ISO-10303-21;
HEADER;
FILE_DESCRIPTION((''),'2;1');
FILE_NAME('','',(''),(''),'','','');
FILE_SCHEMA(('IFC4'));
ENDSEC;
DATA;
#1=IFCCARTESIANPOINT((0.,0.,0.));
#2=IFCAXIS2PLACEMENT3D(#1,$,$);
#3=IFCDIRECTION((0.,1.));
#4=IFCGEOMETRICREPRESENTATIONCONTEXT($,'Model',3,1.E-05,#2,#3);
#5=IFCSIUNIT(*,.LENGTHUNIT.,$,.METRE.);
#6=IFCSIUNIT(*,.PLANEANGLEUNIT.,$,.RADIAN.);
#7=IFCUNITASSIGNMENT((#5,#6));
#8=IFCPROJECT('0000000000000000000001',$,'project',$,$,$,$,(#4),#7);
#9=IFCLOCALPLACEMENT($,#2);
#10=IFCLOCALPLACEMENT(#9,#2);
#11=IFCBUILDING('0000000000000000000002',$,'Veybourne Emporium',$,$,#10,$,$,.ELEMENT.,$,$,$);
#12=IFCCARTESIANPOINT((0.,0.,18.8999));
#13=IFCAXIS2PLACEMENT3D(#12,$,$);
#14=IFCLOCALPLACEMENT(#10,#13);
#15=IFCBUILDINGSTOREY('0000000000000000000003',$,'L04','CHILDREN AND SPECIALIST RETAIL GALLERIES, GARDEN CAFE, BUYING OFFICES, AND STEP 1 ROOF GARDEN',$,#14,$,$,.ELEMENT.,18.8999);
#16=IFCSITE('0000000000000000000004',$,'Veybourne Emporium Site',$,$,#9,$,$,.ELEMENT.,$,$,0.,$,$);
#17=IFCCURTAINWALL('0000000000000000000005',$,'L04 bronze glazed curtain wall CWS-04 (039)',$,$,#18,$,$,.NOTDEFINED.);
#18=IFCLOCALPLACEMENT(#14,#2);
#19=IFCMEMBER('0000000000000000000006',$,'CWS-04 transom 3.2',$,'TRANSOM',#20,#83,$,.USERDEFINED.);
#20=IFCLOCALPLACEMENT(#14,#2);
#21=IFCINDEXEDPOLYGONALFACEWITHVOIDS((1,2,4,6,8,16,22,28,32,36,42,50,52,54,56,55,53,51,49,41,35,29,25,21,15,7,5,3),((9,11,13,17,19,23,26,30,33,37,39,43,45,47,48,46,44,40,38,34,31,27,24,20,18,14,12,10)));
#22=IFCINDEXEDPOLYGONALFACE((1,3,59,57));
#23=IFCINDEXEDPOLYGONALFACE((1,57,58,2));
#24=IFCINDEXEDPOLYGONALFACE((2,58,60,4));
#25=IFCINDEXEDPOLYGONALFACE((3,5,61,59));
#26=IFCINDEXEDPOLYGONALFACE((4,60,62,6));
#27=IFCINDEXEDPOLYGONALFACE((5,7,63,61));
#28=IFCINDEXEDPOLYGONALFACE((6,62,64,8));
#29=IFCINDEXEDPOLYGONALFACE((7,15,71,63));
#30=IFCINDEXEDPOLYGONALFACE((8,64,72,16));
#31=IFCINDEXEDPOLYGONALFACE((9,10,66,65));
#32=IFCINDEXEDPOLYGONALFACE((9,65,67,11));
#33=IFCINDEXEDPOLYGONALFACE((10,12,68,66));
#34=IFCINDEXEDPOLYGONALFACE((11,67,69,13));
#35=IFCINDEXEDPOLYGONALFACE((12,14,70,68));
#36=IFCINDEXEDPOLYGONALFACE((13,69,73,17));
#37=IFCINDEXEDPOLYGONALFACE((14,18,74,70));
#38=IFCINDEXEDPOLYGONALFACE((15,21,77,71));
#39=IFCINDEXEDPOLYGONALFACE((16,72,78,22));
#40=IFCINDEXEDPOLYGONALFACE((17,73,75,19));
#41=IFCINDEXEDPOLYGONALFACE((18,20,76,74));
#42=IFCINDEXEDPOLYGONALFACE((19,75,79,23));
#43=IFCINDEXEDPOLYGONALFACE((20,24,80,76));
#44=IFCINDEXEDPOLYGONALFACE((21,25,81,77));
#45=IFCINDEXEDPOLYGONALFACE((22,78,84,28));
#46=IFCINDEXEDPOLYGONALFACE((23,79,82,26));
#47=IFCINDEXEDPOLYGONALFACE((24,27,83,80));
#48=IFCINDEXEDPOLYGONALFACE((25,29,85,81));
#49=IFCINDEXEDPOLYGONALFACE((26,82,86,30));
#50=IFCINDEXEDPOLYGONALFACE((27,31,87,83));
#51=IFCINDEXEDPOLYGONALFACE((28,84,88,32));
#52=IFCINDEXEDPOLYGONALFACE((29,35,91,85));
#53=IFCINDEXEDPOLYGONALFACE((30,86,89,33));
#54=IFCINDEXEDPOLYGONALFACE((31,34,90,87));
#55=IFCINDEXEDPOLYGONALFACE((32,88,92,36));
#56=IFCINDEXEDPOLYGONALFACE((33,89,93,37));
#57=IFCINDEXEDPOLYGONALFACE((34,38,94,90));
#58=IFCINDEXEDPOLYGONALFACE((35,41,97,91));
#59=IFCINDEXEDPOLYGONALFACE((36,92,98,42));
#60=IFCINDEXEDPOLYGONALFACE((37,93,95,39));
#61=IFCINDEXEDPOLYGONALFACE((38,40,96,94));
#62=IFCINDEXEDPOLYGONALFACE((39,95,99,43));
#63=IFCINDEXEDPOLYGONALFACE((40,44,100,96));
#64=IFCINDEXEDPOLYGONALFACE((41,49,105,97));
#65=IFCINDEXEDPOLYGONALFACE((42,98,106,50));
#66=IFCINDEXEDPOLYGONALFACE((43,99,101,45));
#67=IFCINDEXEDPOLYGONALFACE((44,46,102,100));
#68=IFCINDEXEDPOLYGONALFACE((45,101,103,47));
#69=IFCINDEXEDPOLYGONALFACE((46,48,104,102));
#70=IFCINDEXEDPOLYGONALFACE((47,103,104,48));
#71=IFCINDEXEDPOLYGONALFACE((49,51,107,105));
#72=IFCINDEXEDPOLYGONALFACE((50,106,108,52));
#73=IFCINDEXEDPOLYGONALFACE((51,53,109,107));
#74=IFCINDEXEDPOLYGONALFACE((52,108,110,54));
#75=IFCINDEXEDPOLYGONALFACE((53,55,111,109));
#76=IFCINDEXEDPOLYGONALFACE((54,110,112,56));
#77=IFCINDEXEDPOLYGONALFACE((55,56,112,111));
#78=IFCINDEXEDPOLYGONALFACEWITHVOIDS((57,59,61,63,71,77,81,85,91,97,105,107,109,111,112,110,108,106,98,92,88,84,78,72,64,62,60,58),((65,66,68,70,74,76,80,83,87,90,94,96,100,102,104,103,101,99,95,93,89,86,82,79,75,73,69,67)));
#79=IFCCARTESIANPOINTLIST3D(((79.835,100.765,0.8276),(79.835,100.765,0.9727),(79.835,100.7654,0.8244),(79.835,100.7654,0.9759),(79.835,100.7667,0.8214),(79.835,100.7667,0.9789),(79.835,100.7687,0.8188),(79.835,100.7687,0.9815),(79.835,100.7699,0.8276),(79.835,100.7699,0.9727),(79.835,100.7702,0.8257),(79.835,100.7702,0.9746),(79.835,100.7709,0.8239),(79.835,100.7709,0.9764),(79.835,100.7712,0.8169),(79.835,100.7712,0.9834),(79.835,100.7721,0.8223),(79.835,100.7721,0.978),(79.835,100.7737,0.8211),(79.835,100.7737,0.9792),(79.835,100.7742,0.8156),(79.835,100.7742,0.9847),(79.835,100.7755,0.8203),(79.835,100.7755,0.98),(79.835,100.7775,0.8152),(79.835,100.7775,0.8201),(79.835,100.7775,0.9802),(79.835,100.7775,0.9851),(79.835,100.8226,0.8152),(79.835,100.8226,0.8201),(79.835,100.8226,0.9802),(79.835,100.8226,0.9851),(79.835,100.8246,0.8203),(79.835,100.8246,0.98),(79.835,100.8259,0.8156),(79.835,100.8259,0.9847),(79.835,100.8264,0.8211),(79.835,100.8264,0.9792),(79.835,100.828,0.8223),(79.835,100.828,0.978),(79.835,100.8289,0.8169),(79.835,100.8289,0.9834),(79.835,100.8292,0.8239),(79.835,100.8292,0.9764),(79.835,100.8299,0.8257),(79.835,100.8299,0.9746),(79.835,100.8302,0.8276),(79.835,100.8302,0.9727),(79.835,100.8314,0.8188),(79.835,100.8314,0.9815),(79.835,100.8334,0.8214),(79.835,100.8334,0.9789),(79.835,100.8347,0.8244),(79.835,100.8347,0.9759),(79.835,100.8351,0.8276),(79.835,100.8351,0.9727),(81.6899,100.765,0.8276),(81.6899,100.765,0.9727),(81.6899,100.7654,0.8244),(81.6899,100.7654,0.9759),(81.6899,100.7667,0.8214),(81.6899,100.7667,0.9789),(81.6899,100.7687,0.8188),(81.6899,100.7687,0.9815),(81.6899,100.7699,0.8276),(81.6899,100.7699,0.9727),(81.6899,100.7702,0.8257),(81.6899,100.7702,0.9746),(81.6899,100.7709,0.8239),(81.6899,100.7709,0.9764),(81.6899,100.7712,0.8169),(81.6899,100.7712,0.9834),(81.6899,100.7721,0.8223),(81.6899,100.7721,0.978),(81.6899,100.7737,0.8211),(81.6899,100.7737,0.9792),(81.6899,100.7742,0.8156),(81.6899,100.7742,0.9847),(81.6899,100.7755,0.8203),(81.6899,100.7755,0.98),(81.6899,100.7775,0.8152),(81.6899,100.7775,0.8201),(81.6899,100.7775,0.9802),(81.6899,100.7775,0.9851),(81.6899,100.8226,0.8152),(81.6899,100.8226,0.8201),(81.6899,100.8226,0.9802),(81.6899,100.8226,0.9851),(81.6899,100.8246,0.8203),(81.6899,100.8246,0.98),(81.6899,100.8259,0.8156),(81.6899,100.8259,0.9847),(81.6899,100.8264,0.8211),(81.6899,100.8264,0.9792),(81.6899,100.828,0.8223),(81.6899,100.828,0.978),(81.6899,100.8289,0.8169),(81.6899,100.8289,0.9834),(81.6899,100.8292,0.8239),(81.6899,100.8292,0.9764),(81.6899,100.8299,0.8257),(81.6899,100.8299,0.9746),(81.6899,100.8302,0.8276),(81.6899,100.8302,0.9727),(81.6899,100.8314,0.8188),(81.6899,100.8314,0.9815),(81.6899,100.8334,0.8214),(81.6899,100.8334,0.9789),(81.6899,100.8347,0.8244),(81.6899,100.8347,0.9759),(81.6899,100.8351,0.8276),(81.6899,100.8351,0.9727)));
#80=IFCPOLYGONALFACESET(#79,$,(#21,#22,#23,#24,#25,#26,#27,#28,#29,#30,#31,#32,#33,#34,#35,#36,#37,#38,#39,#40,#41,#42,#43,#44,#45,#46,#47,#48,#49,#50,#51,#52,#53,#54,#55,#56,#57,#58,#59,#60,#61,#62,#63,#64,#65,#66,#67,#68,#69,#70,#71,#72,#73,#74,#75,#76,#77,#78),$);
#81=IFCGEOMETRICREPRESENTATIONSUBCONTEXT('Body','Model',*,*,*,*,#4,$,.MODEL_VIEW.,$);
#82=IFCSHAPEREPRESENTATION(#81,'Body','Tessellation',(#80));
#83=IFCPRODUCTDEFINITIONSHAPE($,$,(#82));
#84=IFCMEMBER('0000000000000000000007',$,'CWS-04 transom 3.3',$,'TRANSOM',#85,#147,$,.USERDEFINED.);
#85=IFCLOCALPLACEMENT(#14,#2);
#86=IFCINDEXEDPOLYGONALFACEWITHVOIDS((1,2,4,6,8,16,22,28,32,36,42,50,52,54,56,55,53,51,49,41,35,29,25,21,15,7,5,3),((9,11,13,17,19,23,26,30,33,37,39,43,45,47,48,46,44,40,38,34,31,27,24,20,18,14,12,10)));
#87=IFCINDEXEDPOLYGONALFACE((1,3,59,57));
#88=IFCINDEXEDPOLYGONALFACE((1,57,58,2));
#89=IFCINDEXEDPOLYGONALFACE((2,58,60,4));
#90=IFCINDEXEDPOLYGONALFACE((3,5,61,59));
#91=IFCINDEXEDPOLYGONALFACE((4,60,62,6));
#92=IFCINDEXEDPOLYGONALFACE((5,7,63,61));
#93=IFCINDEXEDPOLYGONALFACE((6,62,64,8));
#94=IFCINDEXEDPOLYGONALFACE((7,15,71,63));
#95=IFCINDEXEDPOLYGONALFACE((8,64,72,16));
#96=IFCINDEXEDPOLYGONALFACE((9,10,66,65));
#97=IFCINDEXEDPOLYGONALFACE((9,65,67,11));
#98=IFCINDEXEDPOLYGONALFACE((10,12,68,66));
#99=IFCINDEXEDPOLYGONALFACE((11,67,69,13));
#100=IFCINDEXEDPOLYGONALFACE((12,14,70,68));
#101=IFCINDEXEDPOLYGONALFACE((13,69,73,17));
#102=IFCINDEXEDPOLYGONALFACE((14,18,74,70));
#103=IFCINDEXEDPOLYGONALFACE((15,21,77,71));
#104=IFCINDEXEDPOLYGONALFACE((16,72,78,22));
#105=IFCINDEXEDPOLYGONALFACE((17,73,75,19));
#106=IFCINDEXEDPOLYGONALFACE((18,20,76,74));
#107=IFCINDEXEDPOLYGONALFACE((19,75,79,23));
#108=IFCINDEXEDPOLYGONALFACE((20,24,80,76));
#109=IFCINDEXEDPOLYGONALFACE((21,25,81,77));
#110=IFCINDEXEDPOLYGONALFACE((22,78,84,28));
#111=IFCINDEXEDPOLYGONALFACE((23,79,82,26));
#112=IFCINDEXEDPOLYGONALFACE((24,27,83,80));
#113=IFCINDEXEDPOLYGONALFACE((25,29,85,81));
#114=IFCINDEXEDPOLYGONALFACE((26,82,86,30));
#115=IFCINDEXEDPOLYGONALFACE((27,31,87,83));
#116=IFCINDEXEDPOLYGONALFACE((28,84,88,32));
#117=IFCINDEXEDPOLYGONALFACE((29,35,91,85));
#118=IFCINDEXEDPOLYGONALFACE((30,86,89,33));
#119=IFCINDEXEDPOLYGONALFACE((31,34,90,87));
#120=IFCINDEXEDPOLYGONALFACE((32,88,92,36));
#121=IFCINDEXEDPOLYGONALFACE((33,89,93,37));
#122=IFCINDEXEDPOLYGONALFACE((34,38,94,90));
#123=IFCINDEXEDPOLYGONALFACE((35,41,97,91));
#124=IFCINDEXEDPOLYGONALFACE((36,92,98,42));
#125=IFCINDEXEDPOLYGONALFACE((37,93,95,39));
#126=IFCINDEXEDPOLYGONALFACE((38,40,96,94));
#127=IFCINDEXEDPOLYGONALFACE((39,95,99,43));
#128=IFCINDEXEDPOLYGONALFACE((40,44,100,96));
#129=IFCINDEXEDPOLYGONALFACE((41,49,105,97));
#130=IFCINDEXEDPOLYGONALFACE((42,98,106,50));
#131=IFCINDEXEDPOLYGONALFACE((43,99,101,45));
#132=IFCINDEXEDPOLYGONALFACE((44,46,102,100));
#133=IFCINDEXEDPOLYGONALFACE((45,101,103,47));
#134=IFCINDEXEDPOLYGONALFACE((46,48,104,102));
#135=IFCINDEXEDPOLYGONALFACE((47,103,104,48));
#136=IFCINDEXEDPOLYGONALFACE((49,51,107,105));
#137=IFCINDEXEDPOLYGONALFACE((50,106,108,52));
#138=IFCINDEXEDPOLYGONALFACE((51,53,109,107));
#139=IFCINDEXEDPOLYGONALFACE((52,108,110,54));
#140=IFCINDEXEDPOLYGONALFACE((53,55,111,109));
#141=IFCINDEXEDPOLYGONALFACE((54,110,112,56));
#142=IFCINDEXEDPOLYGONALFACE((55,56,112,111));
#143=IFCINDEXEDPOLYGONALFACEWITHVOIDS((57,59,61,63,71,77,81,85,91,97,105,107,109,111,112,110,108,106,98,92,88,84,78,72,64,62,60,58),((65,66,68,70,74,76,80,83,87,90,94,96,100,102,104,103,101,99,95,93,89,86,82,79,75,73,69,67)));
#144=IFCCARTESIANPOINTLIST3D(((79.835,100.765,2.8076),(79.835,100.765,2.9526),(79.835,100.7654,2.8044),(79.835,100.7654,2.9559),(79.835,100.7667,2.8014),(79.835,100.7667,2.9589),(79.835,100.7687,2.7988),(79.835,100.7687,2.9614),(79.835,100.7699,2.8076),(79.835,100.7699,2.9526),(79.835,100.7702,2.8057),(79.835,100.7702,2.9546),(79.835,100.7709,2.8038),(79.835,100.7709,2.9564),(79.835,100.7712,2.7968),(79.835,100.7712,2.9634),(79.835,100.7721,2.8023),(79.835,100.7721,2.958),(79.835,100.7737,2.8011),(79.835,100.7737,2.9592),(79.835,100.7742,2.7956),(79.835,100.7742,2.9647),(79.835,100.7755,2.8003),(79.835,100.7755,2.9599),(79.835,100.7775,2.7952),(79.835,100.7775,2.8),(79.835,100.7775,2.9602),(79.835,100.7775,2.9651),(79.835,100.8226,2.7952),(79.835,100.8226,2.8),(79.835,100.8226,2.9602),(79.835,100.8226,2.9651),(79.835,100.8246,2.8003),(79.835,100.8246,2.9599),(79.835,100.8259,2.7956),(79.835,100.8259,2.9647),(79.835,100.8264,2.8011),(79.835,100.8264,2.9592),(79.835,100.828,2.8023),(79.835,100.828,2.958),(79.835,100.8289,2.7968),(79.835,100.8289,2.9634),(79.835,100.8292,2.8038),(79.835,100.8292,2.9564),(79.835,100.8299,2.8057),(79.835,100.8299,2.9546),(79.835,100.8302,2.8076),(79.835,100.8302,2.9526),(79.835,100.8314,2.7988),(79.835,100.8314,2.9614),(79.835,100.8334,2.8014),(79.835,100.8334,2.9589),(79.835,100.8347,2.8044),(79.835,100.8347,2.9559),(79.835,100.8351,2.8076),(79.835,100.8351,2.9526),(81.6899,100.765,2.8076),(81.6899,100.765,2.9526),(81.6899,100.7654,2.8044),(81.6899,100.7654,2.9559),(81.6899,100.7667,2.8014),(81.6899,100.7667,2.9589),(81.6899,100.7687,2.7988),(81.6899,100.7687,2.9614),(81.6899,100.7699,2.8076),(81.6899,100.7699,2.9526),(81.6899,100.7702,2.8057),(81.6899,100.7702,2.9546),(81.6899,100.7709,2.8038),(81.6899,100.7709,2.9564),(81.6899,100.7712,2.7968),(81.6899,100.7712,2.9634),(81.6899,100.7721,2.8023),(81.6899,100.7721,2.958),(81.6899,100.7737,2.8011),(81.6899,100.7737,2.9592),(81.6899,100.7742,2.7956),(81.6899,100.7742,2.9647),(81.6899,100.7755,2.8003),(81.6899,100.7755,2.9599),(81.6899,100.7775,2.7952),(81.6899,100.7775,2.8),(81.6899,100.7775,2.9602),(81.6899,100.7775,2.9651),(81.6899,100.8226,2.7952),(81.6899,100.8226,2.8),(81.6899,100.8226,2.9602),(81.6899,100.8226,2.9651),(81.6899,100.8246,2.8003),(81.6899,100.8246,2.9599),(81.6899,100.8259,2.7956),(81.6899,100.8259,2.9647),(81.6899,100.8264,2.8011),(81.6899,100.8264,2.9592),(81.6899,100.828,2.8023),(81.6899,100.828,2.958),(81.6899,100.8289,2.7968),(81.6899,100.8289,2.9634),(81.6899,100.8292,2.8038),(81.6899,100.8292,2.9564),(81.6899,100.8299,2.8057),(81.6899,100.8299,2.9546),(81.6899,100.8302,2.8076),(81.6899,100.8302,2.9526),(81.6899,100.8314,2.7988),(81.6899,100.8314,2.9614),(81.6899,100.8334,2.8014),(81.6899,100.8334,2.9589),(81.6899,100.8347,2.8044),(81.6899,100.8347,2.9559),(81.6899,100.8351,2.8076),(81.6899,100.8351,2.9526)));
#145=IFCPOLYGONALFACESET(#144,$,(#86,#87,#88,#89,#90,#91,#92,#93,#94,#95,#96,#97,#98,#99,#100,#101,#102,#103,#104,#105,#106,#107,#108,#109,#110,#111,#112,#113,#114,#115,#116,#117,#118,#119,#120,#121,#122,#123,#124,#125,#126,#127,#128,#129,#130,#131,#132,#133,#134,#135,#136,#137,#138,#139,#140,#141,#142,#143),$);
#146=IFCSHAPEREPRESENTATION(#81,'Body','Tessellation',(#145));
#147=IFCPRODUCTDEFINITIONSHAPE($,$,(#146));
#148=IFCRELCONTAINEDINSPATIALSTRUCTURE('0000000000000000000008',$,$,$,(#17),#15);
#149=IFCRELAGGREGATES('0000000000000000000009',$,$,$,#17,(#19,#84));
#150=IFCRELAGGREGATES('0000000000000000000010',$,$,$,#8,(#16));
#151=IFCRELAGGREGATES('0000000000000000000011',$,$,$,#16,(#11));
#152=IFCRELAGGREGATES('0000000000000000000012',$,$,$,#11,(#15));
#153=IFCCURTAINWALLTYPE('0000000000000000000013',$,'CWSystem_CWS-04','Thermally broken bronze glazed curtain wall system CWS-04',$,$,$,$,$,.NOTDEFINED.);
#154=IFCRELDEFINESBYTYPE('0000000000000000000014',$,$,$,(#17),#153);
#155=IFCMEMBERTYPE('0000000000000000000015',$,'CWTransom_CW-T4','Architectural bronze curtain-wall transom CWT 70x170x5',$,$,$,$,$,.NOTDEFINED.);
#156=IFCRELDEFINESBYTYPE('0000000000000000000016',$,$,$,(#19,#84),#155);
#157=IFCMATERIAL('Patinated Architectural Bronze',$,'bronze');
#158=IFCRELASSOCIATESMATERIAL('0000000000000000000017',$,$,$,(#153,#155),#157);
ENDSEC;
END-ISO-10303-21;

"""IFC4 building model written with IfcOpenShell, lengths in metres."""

from ifc_helpers import new_model, si_unit, direction, frame, origin, origin_2d, place, context, subcontext, project, spatial, hollow_rectangle, extrude, material, material_profile, profile_set, type_object, element, aggregate, save


model = new_model("IFC4")

# Units and contexts
model_context = context("Model", 3, precision=1e-05, world=origin(), true_north=direction((0.0, 1.0)))
body_context = subcontext(model_context, "Body", "Model", "MODEL_VIEW")
ifc_project = project(units=[si_unit("LENGTHUNIT", "METRE"), si_unit("PLANEANGLEUNIT", "RADIAN")], contexts=[model_context])

# Site, building, storey
site_placement = place(None, origin())
site = spatial("IfcSite", under=ifc_project, at=site_placement, Name="Veybourne Emporium Site", CompositionType="ELEMENT", RefElevation=0.0)
building_placement = place(site_placement, origin())
building = spatial("IfcBuilding", under=site, at=building_placement, Name="Veybourne Emporium", CompositionType="ELEMENT")
storey_placement = place(building_placement, frame((0.0, 0.0, 18.8999)))
storey = spatial("IfcBuildingStorey", under=building, at=storey_placement, Name="L04", Description="CHILDREN AND SPECIALIST RETAIL GALLERIES, GARDEN CAFE, BUYING OFFICES, AND STEP 1 ROOF GARDEN", CompositionType="ELEMENT", Elevation=18.8999)

# Curtain wall, members
ifc_material_1 = material(Name="Patinated Architectural Bronze", Category="bronze")
curtain_wall_type = type_object("IfcCurtainWallType", Name="CWSystem_CWS-04", Description="Thermally broken bronze glazed curtain wall system CWS-04", PredefinedType="NOTDEFINED", material=ifc_material_1)
curtain_wall_placement = place(storey_placement, origin())
curtain_wall = element("IfcCurtainWall", 1, at=curtain_wall_placement, inside=storey, type_object=curtain_wall_type, Name="L04 bronze glazed curtain wall CWS-04 (039)", PredefinedType="NOTDEFINED")
ifc_material_profile_1 = material_profile(ifc_material_1, hollow_rectangle(XDim=0.0701, YDim=0.1699, WallThickness=0.0049, InnerFilletRadius=0.0076, OuterFilletRadius=0.0125, at=origin_2d()), Name="CWT 70x170x5")
ifc_profile_set_1 = profile_set([ifc_material_profile_1], Name="Patinated Architectural Bronze")
member_type_1 = type_object("IfcMemberType", Name="CWTransom_CW-T4", Description="Architectural bronze curtain-wall transom CWT 70x170x5", PredefinedType="NOTDEFINED", material=ifc_profile_set_1)
member_1_placement = place(storey_placement, frame((79.835, 100.8, 0.9001), z_axis=(1.0, 0.0, 0.0), x_axis=(0.0, 1.0, 0.0)))
member_1 = element("IfcMember", 2, at=member_1_placement, type_object=member_type_1, Name="CWS-04 transom 3.2", ObjectType="TRANSOM", PredefinedType="USERDEFINED", context=body_context, shape_type="SweptSolid", body=[
    extrude(hollow_rectangle(XDim=0.0701, YDim=0.1699, WallThickness=0.0049, InnerFilletRadius=0.0076, OuterFilletRadius=0.0125, at=origin_2d()), origin(), (0.0, 0.0, 1.0), 1.855),
])
member_2_placement = place(storey_placement, frame((79.835, 100.8, 2.8801), z_axis=(1.0, 0.0, 0.0), x_axis=(0.0, 1.0, 0.0)))
member_2 = element("IfcMember", 3, at=member_2_placement, type_object=member_type_1, Name="CWS-04 transom 3.3", ObjectType="TRANSOM", PredefinedType="USERDEFINED", context=body_context, shape_type="SweptSolid", body=[
    extrude(hollow_rectangle(XDim=0.0701, YDim=0.1699, WallThickness=0.0049, InnerFilletRadius=0.0076, OuterFilletRadius=0.0125, at=origin_2d()), origin(), (0.0, 0.0, 1.0), 1.855),
])
aggregate(curtain_wall, [member_1, member_2])

save(model, "model.ifc")
